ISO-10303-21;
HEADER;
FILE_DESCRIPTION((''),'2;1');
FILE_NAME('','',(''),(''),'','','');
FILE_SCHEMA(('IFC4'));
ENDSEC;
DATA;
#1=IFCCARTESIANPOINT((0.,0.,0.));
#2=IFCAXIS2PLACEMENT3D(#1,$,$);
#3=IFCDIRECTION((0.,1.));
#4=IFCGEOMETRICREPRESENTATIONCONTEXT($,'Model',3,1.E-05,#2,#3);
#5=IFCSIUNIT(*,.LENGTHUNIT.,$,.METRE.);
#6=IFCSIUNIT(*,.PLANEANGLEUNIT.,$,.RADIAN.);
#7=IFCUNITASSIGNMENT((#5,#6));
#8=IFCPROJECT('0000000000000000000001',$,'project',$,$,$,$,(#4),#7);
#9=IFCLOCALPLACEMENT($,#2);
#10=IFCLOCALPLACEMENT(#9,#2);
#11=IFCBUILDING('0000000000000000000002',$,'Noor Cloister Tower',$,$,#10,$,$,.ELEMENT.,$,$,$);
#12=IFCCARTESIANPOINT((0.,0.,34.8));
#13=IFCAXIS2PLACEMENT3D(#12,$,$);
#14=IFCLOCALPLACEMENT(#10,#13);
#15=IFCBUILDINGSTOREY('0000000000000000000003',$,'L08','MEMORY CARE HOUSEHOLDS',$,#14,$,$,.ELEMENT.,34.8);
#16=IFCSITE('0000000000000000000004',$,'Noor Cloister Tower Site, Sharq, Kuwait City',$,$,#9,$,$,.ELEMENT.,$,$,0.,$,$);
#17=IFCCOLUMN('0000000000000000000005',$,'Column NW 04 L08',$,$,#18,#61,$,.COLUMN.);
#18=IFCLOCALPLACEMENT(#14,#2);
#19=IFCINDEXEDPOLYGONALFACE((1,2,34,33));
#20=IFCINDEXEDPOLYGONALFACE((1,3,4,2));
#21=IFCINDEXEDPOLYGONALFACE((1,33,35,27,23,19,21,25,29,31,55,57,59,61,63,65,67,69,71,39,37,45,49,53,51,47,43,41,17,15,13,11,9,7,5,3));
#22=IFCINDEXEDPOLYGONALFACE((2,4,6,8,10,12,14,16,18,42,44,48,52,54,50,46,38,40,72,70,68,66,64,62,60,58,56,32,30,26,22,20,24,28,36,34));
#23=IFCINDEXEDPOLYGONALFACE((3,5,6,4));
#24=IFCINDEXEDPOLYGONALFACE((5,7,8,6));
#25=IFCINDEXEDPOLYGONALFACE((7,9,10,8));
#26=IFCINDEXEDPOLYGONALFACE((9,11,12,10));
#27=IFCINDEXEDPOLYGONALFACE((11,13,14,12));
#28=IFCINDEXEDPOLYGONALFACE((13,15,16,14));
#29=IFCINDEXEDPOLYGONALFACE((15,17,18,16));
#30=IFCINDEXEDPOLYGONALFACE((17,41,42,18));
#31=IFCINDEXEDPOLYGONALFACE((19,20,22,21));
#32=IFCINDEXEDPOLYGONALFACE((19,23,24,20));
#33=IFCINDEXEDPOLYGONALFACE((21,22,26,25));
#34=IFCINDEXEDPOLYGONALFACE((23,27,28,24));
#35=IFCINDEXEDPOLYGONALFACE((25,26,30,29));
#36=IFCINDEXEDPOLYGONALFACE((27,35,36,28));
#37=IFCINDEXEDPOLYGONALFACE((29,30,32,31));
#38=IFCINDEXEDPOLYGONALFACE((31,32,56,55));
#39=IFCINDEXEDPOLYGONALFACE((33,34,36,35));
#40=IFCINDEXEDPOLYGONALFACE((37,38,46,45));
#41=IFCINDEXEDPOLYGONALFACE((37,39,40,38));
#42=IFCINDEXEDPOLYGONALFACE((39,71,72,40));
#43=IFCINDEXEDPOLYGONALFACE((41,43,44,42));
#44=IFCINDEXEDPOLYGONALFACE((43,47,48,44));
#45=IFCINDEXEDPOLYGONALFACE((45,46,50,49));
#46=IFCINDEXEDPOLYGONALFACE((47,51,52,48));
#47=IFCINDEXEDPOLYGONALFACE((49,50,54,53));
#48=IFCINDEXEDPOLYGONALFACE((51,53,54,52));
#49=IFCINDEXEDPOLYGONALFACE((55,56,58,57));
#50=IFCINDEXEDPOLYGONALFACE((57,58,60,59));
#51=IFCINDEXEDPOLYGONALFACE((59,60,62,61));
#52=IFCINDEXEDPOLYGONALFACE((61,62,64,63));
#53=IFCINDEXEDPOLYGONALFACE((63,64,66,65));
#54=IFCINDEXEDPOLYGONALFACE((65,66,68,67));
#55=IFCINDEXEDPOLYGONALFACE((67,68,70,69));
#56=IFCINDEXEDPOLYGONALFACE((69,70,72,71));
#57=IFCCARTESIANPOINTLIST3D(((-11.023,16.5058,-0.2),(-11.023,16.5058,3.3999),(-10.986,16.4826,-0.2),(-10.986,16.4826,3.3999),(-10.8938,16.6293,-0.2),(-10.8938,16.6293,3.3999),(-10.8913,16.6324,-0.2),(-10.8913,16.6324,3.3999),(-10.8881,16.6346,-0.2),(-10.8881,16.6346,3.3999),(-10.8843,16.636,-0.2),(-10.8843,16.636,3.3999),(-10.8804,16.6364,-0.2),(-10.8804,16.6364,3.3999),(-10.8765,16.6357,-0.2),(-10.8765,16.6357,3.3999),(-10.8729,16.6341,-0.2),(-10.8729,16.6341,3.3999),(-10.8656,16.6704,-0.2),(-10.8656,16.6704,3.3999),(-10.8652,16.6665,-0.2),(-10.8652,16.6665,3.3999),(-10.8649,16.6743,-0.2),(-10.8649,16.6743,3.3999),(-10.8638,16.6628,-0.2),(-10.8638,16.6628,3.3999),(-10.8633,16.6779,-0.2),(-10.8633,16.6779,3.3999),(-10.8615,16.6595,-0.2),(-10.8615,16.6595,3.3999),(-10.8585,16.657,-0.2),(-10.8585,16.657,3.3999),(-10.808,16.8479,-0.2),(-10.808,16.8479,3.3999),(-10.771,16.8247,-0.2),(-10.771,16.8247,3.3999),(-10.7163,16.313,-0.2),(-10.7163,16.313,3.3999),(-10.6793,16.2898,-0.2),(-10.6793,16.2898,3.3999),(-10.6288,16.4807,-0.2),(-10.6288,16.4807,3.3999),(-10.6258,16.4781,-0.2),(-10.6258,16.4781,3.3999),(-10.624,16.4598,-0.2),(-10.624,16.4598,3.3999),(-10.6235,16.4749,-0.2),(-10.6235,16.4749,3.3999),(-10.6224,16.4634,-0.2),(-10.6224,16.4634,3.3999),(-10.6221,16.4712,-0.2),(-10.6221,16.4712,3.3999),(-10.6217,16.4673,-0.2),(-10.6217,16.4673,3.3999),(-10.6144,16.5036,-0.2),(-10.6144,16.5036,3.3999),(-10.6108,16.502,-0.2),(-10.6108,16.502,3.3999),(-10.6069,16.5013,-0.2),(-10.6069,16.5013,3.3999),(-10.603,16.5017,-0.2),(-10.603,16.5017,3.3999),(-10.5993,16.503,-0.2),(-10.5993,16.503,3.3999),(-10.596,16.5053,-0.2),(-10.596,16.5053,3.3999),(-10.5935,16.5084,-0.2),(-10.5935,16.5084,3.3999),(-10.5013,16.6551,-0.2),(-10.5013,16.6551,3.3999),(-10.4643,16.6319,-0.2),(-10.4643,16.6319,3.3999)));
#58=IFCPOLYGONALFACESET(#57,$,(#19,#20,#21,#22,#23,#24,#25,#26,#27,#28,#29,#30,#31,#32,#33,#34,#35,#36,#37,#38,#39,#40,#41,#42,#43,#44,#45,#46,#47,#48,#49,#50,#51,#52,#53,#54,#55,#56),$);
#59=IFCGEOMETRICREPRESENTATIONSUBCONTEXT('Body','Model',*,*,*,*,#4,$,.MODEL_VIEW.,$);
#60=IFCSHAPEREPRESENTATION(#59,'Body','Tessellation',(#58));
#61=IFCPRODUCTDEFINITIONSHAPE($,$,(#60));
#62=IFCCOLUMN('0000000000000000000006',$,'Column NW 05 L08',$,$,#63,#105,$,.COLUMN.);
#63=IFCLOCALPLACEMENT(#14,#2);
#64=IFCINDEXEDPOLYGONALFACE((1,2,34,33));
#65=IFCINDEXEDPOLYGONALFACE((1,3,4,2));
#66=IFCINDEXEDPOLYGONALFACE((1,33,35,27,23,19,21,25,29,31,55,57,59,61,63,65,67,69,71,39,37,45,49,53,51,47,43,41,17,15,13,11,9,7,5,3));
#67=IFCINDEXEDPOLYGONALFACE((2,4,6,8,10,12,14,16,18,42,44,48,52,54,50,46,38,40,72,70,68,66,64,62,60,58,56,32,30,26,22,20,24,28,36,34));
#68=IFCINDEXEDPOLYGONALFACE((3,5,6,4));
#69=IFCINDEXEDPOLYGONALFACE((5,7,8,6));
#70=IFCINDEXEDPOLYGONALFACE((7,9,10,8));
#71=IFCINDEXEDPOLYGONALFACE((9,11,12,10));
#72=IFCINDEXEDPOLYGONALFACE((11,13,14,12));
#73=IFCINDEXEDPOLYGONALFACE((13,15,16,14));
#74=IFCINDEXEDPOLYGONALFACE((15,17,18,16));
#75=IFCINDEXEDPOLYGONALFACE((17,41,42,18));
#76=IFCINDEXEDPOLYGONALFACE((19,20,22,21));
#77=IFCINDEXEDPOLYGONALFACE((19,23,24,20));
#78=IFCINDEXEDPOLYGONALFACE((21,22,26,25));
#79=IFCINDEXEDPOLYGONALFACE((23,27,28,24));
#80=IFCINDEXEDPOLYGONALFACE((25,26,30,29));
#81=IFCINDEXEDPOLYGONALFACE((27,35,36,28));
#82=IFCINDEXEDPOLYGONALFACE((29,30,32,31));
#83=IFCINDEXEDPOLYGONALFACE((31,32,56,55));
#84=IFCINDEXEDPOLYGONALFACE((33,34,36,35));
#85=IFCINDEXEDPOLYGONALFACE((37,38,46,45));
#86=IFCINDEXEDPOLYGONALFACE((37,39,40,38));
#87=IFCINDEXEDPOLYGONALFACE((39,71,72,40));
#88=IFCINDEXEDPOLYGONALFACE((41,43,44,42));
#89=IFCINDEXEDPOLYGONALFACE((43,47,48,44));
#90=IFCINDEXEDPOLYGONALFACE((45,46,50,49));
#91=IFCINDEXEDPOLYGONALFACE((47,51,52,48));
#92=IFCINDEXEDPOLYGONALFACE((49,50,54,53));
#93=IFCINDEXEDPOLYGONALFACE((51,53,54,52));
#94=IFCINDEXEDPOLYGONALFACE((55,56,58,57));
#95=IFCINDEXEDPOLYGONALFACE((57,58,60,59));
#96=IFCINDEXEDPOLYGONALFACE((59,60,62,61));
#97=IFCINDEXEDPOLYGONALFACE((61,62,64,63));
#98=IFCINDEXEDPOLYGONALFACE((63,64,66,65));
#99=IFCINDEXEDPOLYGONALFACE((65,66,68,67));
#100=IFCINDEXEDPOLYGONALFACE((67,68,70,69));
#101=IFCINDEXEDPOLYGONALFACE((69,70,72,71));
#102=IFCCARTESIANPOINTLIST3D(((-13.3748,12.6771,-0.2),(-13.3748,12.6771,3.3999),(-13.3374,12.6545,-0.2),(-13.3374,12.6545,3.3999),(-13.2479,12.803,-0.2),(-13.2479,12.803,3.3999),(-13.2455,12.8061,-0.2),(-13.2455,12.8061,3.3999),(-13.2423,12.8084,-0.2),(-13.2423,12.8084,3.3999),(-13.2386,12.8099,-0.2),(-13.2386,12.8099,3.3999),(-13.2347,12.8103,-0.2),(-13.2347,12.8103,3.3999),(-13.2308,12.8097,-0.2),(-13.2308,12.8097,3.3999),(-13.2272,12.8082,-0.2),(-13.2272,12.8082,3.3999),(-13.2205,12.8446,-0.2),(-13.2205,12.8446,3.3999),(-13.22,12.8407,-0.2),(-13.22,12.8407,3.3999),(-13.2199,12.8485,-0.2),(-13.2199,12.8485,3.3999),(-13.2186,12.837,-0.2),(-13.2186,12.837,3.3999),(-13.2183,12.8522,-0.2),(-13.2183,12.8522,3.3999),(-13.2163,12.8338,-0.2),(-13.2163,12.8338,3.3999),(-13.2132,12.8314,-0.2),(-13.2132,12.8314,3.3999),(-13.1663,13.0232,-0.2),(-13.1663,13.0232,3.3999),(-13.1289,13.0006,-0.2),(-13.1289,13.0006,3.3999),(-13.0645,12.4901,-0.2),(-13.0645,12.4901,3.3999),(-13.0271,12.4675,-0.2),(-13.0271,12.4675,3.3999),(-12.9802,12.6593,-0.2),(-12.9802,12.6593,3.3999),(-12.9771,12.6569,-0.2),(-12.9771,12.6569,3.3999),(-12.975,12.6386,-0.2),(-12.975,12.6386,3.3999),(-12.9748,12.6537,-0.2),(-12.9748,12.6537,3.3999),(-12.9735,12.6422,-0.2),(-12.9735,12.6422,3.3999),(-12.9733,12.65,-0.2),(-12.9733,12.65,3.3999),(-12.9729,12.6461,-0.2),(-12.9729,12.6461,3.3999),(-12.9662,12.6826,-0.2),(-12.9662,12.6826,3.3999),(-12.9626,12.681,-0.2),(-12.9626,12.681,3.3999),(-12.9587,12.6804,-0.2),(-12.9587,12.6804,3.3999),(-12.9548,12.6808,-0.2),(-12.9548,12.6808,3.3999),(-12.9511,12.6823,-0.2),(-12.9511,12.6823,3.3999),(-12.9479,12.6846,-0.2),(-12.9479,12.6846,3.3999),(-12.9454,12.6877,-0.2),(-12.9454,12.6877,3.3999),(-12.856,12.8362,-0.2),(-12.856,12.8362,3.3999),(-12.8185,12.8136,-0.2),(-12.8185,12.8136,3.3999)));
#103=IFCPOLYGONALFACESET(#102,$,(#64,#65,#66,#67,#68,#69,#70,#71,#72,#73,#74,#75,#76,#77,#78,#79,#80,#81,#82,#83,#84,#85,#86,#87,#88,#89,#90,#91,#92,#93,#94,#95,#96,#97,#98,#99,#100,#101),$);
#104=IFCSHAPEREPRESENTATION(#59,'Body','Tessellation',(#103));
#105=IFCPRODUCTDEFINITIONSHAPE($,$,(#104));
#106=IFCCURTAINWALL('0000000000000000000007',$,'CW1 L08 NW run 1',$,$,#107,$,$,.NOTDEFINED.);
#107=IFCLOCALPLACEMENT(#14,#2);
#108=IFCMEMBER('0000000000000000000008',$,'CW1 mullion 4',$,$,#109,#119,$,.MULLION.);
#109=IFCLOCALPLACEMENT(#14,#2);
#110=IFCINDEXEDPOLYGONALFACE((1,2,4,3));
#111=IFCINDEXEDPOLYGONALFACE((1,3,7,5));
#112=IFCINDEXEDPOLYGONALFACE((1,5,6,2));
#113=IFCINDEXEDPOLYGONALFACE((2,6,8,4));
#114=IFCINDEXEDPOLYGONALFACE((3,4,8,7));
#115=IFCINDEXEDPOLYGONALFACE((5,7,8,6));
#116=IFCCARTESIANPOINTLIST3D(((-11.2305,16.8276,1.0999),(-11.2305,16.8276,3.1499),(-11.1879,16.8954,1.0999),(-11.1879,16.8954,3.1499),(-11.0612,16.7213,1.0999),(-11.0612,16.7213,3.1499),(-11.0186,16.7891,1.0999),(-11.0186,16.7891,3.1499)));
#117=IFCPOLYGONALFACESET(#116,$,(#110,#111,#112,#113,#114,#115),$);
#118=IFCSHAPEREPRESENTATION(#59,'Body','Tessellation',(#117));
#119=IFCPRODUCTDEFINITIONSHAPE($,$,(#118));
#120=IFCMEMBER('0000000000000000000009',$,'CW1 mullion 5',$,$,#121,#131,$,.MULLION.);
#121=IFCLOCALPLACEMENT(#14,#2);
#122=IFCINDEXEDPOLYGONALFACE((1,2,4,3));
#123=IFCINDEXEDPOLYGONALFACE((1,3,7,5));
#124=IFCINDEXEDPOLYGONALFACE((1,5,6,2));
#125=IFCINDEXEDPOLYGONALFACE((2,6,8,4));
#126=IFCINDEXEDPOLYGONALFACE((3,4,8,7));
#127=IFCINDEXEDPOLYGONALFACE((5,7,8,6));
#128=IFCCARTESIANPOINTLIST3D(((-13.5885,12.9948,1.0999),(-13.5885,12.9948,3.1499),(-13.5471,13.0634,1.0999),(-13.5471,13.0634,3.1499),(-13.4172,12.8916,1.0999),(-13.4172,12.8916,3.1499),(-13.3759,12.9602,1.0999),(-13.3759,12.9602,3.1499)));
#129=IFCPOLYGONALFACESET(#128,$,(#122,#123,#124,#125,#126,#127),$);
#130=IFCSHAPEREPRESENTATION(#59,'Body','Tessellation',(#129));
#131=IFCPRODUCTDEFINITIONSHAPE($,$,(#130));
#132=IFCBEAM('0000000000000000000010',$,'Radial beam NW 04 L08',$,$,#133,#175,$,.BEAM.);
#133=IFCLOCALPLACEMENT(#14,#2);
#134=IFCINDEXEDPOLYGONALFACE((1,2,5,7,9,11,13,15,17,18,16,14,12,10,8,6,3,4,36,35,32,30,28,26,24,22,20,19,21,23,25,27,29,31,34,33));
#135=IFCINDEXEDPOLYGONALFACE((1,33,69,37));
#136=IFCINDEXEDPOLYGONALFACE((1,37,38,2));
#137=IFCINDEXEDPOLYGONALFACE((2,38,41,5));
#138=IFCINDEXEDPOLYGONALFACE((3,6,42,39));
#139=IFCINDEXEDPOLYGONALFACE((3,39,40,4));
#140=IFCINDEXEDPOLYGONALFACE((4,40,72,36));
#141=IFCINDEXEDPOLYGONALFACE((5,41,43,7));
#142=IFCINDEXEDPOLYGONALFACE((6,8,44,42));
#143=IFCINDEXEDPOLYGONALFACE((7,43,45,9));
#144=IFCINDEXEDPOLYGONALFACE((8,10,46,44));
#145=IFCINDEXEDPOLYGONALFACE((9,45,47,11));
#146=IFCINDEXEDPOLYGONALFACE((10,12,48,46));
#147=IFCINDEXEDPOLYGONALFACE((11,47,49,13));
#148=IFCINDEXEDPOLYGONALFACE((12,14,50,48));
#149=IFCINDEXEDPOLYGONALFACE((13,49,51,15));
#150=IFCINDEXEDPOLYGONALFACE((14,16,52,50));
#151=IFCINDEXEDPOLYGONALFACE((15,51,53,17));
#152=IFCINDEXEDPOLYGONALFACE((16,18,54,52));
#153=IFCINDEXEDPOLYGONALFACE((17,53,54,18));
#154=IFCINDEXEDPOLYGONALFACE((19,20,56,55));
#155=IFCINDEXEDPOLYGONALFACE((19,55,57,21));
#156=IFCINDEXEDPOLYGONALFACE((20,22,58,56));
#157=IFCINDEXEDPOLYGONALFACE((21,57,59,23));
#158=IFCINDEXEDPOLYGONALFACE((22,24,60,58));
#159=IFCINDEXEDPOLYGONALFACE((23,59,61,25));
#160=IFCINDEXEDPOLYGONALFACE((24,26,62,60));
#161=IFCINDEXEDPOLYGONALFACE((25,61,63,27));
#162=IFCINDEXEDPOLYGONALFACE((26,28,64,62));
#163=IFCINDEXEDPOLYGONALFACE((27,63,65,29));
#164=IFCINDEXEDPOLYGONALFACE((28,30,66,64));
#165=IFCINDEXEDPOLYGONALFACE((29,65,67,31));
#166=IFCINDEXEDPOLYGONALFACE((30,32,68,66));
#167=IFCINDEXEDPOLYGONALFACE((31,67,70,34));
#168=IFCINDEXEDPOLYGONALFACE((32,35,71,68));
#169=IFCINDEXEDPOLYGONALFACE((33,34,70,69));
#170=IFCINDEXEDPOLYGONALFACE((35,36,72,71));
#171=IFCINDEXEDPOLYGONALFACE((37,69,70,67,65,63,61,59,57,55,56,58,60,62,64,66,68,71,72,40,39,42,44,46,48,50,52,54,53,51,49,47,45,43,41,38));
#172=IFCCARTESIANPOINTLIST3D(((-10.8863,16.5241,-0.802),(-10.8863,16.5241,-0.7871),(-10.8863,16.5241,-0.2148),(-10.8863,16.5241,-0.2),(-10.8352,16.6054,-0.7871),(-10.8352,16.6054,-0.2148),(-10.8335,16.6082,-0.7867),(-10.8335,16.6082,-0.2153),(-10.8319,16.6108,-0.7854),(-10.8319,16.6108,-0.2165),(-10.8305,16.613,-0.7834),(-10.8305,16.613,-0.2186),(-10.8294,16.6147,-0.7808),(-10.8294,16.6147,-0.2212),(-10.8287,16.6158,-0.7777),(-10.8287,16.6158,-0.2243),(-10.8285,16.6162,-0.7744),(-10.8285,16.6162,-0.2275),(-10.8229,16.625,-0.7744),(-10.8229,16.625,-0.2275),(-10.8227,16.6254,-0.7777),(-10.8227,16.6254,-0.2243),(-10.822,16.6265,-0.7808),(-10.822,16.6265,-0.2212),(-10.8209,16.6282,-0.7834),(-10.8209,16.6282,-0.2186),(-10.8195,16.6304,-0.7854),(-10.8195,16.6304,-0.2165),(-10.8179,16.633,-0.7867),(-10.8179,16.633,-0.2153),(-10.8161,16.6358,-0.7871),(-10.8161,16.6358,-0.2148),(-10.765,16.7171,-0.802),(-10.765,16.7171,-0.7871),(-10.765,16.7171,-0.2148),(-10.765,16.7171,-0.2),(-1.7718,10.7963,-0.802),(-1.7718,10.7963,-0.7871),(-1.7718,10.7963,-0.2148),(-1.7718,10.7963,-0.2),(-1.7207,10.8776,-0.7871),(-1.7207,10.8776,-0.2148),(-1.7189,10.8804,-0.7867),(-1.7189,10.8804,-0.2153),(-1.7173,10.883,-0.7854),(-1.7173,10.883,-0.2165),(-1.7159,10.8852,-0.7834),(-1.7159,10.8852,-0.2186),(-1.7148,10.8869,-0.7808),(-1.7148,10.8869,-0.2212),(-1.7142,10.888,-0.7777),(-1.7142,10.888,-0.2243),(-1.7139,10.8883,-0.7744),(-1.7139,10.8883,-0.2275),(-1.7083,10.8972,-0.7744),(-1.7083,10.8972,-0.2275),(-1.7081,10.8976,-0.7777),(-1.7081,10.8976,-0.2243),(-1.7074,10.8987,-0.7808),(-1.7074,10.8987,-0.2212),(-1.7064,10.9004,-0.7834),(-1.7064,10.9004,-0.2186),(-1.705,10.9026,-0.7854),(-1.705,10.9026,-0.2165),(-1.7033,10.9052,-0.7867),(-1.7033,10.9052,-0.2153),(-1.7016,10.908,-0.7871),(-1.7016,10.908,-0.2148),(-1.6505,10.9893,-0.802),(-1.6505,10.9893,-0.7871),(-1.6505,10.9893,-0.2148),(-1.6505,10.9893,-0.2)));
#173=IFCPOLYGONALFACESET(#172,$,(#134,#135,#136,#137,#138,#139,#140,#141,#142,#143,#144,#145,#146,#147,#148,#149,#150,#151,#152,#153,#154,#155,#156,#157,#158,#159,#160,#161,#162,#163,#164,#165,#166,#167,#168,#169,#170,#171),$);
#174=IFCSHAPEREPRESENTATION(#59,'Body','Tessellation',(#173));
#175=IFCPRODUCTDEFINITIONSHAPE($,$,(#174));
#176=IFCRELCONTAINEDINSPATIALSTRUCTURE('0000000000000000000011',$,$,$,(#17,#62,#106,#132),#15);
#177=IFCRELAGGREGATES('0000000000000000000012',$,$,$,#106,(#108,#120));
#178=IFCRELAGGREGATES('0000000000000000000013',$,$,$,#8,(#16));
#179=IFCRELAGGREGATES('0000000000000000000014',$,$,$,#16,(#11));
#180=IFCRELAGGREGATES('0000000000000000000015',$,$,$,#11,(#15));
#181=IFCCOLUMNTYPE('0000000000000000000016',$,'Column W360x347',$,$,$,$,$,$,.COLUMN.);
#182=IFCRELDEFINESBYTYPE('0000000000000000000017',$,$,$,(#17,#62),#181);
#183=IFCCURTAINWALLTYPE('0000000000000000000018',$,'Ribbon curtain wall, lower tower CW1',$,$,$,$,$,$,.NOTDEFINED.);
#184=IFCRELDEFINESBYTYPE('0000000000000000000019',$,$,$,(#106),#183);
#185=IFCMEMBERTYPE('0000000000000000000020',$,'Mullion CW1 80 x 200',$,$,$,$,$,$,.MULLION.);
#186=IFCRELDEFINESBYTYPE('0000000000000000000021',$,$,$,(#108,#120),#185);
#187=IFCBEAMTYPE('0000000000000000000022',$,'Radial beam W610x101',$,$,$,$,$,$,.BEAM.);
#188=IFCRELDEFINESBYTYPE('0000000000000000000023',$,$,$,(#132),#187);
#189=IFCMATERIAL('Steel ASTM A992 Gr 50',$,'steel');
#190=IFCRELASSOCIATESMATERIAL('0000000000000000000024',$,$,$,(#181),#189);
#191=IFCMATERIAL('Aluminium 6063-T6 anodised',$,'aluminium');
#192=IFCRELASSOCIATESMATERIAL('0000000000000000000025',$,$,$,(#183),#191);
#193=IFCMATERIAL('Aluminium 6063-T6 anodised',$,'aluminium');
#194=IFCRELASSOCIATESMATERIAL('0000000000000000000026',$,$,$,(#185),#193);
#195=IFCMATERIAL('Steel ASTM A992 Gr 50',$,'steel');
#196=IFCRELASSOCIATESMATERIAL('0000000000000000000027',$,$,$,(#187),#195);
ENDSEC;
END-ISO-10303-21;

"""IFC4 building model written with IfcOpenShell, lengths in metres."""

from ifc_helpers import new_model, si_unit, direction, frame, origin, origin_2d, place, context, subcontext, project, spatial, rectangle, i_section, extrude, material, material_profile, profile_set, type_object, element, aggregate, save


model = new_model("IFC4")

# Units and contexts
model_context = context("Model", 3, precision=1e-05, world=origin(), true_north=direction((0.0, 1.0)))
body_context = subcontext(model_context, "Body", "Model", "MODEL_VIEW")
ifc_project = project(units=[si_unit("LENGTHUNIT", "METRE"), si_unit("PLANEANGLEUNIT", "RADIAN")], contexts=[model_context])

# Site, building, storey
site_placement = place(None, origin())
site = spatial("IfcSite", under=ifc_project, at=site_placement, Name="Noor Cloister Tower Site, Sharq, Kuwait City", CompositionType="ELEMENT", RefElevation=0.0)
building_placement = place(site_placement, origin())
building = spatial("IfcBuilding", under=site, at=building_placement, Name="Noor Cloister Tower", CompositionType="ELEMENT")
storey_placement = place(building_placement, frame((0.0, 0.0, 34.8)))
storey = spatial("IfcBuildingStorey", under=building, at=storey_placement, Name="L08", Description="MEMORY CARE HOUSEHOLDS", CompositionType="ELEMENT", Elevation=34.8)

# Columns
ifc_material_1 = material(Name="Steel ASTM A992 Gr 50", Category="steel")
ifc_material_profile_1 = material_profile(ifc_material_1, i_section(OverallWidth=0.4041, OverallDepth=0.406, WebThickness=0.0271, FlangeThickness=0.0437, FilletRadius=0.0151, at=origin_2d()), Name="W360x347")
ifc_profile_set_1 = profile_set([ifc_material_profile_1], Name="Steel ASTM A992 Gr 50")
column_type = type_object("IfcColumnType", Name="Column W360x347", PredefinedType="COLUMN", material=ifc_profile_set_1)
for number, where, z_axis, x_axis, name in (
    (1, (-10.7437, 16.5688, -0.2), (0.0, 0.0, 1.0), (-0.532079, -0.846695, 0.0), "Column NW 04 L08"),
    (2, (-13.0967, 12.7454, -0.2), (0.0, 0.0, 1.0), (-0.51613, -0.85651, 0.0), "Column NW 05 L08"),
):
    element("IfcColumn", number, at=place(storey_placement, frame(where, z_axis=z_axis, x_axis=x_axis)), inside=storey, type_object=column_type, Name=name, PredefinedType="COLUMN", context=body_context, shape_type="SweptSolid", body=[
        extrude(i_section(OverallWidth=0.4041, OverallDepth=0.406, WebThickness=0.0271, FlangeThickness=0.0437, FilletRadius=0.0151, at=origin_2d()), origin(), (0.0, 0.0, 1.0), 3.5999),
    ])

# Curtain wall, members
ifc_material_2 = material(Name="Aluminium 6063-T6 anodised", Category="aluminium")
curtain_wall_type = type_object("IfcCurtainWallType", Name="Ribbon curtain wall, lower tower CW1", PredefinedType="NOTDEFINED", material=ifc_material_2)
curtain_wall_placement = place(storey_placement, origin())
curtain_wall = element("IfcCurtainWall", 3, at=curtain_wall_placement, inside=storey, type_object=curtain_wall_type, Name="CW1 L08 NW run 1", PredefinedType="NOTDEFINED")
ifc_material_3 = material(Name="Aluminium 6063-T6 anodised", Category="aluminium")
ifc_material_profile_2 = material_profile(ifc_material_3, rectangle(XDim=0.2, YDim=0.0801, at=origin_2d()), Name="200 x 80 mullion")
ifc_profile_set_2 = profile_set([ifc_material_profile_2], Name="Aluminium 6063-T6 anodised")
member_type = type_object("IfcMemberType", Name="Mullion CW1 80 x 200", PredefinedType="MULLION", material=ifc_profile_set_2)
member_1_placement = place(storey_placement, frame((-11.1245, 16.8083, 1.0999), z_axis=(0.0, 0.0, 1.0), x_axis=(0.846695, -0.532079, 0.0)))
member_1 = element("IfcMember", 4, at=member_1_placement, type_object=member_type, Name="CW1 mullion 4", PredefinedType="MULLION", context=body_context, shape_type="SweptSolid", body=[
    extrude(rectangle(XDim=0.2, YDim=0.0801, at=origin_2d()), origin(), (0.0, 0.0, 1.0), 2.05),
])
member_2_placement = place(storey_placement, frame((-13.4822, 12.9775, 1.0999), z_axis=(0.0, 0.0, 1.0), x_axis=(0.85651, -0.51613, 0.0)))
member_2 = element("IfcMember", 5, at=member_2_placement, type_object=member_type, Name="CW1 mullion 5", PredefinedType="MULLION", context=body_context, shape_type="SweptSolid", body=[
    extrude(rectangle(XDim=0.2, YDim=0.0801, at=origin_2d()), origin(), (0.0, 0.0, 1.0), 2.05),
])

# Beam
ifc_material_4 = material(Name="Steel ASTM A992 Gr 50", Category="steel")
ifc_material_profile_3 = material_profile(ifc_material_4, i_section(OverallWidth=0.228, OverallDepth=0.6021, WebThickness=0.0105, FlangeThickness=0.0149, FilletRadius=0.0127, at=origin_2d()), Name="W610x101")
ifc_profile_set_3 = profile_set([ifc_material_profile_3], Name="Steel ASTM A992 Gr 50")
beam_type_1 = type_object("IfcBeamType", Name="Radial beam W610x101", PredefinedType="BEAM", material=ifc_profile_set_3)
beam_1_placement = place(storey_placement, frame((-10.8257, 16.6206, -0.501), z_axis=(0.846692, -0.532083, 0.0), x_axis=(0.532083, 0.846692, 0.0)))
element("IfcBeam", 6, at=beam_1_placement, inside=storey, type_object=beam_type_1, Name="Radial beam NW 04 L08", PredefinedType="BEAM", context=body_context, shape_type="SweptSolid", body=[
    extrude(i_section(OverallWidth=0.228, OverallDepth=0.6021, WebThickness=0.0105, FlangeThickness=0.0149, FilletRadius=0.0127, at=origin_2d()), origin(), (0.0, 0.0, 1.0), 10.7649),
])

aggregate(curtain_wall, [member_1, member_2])

save(model, "model.ifc")
